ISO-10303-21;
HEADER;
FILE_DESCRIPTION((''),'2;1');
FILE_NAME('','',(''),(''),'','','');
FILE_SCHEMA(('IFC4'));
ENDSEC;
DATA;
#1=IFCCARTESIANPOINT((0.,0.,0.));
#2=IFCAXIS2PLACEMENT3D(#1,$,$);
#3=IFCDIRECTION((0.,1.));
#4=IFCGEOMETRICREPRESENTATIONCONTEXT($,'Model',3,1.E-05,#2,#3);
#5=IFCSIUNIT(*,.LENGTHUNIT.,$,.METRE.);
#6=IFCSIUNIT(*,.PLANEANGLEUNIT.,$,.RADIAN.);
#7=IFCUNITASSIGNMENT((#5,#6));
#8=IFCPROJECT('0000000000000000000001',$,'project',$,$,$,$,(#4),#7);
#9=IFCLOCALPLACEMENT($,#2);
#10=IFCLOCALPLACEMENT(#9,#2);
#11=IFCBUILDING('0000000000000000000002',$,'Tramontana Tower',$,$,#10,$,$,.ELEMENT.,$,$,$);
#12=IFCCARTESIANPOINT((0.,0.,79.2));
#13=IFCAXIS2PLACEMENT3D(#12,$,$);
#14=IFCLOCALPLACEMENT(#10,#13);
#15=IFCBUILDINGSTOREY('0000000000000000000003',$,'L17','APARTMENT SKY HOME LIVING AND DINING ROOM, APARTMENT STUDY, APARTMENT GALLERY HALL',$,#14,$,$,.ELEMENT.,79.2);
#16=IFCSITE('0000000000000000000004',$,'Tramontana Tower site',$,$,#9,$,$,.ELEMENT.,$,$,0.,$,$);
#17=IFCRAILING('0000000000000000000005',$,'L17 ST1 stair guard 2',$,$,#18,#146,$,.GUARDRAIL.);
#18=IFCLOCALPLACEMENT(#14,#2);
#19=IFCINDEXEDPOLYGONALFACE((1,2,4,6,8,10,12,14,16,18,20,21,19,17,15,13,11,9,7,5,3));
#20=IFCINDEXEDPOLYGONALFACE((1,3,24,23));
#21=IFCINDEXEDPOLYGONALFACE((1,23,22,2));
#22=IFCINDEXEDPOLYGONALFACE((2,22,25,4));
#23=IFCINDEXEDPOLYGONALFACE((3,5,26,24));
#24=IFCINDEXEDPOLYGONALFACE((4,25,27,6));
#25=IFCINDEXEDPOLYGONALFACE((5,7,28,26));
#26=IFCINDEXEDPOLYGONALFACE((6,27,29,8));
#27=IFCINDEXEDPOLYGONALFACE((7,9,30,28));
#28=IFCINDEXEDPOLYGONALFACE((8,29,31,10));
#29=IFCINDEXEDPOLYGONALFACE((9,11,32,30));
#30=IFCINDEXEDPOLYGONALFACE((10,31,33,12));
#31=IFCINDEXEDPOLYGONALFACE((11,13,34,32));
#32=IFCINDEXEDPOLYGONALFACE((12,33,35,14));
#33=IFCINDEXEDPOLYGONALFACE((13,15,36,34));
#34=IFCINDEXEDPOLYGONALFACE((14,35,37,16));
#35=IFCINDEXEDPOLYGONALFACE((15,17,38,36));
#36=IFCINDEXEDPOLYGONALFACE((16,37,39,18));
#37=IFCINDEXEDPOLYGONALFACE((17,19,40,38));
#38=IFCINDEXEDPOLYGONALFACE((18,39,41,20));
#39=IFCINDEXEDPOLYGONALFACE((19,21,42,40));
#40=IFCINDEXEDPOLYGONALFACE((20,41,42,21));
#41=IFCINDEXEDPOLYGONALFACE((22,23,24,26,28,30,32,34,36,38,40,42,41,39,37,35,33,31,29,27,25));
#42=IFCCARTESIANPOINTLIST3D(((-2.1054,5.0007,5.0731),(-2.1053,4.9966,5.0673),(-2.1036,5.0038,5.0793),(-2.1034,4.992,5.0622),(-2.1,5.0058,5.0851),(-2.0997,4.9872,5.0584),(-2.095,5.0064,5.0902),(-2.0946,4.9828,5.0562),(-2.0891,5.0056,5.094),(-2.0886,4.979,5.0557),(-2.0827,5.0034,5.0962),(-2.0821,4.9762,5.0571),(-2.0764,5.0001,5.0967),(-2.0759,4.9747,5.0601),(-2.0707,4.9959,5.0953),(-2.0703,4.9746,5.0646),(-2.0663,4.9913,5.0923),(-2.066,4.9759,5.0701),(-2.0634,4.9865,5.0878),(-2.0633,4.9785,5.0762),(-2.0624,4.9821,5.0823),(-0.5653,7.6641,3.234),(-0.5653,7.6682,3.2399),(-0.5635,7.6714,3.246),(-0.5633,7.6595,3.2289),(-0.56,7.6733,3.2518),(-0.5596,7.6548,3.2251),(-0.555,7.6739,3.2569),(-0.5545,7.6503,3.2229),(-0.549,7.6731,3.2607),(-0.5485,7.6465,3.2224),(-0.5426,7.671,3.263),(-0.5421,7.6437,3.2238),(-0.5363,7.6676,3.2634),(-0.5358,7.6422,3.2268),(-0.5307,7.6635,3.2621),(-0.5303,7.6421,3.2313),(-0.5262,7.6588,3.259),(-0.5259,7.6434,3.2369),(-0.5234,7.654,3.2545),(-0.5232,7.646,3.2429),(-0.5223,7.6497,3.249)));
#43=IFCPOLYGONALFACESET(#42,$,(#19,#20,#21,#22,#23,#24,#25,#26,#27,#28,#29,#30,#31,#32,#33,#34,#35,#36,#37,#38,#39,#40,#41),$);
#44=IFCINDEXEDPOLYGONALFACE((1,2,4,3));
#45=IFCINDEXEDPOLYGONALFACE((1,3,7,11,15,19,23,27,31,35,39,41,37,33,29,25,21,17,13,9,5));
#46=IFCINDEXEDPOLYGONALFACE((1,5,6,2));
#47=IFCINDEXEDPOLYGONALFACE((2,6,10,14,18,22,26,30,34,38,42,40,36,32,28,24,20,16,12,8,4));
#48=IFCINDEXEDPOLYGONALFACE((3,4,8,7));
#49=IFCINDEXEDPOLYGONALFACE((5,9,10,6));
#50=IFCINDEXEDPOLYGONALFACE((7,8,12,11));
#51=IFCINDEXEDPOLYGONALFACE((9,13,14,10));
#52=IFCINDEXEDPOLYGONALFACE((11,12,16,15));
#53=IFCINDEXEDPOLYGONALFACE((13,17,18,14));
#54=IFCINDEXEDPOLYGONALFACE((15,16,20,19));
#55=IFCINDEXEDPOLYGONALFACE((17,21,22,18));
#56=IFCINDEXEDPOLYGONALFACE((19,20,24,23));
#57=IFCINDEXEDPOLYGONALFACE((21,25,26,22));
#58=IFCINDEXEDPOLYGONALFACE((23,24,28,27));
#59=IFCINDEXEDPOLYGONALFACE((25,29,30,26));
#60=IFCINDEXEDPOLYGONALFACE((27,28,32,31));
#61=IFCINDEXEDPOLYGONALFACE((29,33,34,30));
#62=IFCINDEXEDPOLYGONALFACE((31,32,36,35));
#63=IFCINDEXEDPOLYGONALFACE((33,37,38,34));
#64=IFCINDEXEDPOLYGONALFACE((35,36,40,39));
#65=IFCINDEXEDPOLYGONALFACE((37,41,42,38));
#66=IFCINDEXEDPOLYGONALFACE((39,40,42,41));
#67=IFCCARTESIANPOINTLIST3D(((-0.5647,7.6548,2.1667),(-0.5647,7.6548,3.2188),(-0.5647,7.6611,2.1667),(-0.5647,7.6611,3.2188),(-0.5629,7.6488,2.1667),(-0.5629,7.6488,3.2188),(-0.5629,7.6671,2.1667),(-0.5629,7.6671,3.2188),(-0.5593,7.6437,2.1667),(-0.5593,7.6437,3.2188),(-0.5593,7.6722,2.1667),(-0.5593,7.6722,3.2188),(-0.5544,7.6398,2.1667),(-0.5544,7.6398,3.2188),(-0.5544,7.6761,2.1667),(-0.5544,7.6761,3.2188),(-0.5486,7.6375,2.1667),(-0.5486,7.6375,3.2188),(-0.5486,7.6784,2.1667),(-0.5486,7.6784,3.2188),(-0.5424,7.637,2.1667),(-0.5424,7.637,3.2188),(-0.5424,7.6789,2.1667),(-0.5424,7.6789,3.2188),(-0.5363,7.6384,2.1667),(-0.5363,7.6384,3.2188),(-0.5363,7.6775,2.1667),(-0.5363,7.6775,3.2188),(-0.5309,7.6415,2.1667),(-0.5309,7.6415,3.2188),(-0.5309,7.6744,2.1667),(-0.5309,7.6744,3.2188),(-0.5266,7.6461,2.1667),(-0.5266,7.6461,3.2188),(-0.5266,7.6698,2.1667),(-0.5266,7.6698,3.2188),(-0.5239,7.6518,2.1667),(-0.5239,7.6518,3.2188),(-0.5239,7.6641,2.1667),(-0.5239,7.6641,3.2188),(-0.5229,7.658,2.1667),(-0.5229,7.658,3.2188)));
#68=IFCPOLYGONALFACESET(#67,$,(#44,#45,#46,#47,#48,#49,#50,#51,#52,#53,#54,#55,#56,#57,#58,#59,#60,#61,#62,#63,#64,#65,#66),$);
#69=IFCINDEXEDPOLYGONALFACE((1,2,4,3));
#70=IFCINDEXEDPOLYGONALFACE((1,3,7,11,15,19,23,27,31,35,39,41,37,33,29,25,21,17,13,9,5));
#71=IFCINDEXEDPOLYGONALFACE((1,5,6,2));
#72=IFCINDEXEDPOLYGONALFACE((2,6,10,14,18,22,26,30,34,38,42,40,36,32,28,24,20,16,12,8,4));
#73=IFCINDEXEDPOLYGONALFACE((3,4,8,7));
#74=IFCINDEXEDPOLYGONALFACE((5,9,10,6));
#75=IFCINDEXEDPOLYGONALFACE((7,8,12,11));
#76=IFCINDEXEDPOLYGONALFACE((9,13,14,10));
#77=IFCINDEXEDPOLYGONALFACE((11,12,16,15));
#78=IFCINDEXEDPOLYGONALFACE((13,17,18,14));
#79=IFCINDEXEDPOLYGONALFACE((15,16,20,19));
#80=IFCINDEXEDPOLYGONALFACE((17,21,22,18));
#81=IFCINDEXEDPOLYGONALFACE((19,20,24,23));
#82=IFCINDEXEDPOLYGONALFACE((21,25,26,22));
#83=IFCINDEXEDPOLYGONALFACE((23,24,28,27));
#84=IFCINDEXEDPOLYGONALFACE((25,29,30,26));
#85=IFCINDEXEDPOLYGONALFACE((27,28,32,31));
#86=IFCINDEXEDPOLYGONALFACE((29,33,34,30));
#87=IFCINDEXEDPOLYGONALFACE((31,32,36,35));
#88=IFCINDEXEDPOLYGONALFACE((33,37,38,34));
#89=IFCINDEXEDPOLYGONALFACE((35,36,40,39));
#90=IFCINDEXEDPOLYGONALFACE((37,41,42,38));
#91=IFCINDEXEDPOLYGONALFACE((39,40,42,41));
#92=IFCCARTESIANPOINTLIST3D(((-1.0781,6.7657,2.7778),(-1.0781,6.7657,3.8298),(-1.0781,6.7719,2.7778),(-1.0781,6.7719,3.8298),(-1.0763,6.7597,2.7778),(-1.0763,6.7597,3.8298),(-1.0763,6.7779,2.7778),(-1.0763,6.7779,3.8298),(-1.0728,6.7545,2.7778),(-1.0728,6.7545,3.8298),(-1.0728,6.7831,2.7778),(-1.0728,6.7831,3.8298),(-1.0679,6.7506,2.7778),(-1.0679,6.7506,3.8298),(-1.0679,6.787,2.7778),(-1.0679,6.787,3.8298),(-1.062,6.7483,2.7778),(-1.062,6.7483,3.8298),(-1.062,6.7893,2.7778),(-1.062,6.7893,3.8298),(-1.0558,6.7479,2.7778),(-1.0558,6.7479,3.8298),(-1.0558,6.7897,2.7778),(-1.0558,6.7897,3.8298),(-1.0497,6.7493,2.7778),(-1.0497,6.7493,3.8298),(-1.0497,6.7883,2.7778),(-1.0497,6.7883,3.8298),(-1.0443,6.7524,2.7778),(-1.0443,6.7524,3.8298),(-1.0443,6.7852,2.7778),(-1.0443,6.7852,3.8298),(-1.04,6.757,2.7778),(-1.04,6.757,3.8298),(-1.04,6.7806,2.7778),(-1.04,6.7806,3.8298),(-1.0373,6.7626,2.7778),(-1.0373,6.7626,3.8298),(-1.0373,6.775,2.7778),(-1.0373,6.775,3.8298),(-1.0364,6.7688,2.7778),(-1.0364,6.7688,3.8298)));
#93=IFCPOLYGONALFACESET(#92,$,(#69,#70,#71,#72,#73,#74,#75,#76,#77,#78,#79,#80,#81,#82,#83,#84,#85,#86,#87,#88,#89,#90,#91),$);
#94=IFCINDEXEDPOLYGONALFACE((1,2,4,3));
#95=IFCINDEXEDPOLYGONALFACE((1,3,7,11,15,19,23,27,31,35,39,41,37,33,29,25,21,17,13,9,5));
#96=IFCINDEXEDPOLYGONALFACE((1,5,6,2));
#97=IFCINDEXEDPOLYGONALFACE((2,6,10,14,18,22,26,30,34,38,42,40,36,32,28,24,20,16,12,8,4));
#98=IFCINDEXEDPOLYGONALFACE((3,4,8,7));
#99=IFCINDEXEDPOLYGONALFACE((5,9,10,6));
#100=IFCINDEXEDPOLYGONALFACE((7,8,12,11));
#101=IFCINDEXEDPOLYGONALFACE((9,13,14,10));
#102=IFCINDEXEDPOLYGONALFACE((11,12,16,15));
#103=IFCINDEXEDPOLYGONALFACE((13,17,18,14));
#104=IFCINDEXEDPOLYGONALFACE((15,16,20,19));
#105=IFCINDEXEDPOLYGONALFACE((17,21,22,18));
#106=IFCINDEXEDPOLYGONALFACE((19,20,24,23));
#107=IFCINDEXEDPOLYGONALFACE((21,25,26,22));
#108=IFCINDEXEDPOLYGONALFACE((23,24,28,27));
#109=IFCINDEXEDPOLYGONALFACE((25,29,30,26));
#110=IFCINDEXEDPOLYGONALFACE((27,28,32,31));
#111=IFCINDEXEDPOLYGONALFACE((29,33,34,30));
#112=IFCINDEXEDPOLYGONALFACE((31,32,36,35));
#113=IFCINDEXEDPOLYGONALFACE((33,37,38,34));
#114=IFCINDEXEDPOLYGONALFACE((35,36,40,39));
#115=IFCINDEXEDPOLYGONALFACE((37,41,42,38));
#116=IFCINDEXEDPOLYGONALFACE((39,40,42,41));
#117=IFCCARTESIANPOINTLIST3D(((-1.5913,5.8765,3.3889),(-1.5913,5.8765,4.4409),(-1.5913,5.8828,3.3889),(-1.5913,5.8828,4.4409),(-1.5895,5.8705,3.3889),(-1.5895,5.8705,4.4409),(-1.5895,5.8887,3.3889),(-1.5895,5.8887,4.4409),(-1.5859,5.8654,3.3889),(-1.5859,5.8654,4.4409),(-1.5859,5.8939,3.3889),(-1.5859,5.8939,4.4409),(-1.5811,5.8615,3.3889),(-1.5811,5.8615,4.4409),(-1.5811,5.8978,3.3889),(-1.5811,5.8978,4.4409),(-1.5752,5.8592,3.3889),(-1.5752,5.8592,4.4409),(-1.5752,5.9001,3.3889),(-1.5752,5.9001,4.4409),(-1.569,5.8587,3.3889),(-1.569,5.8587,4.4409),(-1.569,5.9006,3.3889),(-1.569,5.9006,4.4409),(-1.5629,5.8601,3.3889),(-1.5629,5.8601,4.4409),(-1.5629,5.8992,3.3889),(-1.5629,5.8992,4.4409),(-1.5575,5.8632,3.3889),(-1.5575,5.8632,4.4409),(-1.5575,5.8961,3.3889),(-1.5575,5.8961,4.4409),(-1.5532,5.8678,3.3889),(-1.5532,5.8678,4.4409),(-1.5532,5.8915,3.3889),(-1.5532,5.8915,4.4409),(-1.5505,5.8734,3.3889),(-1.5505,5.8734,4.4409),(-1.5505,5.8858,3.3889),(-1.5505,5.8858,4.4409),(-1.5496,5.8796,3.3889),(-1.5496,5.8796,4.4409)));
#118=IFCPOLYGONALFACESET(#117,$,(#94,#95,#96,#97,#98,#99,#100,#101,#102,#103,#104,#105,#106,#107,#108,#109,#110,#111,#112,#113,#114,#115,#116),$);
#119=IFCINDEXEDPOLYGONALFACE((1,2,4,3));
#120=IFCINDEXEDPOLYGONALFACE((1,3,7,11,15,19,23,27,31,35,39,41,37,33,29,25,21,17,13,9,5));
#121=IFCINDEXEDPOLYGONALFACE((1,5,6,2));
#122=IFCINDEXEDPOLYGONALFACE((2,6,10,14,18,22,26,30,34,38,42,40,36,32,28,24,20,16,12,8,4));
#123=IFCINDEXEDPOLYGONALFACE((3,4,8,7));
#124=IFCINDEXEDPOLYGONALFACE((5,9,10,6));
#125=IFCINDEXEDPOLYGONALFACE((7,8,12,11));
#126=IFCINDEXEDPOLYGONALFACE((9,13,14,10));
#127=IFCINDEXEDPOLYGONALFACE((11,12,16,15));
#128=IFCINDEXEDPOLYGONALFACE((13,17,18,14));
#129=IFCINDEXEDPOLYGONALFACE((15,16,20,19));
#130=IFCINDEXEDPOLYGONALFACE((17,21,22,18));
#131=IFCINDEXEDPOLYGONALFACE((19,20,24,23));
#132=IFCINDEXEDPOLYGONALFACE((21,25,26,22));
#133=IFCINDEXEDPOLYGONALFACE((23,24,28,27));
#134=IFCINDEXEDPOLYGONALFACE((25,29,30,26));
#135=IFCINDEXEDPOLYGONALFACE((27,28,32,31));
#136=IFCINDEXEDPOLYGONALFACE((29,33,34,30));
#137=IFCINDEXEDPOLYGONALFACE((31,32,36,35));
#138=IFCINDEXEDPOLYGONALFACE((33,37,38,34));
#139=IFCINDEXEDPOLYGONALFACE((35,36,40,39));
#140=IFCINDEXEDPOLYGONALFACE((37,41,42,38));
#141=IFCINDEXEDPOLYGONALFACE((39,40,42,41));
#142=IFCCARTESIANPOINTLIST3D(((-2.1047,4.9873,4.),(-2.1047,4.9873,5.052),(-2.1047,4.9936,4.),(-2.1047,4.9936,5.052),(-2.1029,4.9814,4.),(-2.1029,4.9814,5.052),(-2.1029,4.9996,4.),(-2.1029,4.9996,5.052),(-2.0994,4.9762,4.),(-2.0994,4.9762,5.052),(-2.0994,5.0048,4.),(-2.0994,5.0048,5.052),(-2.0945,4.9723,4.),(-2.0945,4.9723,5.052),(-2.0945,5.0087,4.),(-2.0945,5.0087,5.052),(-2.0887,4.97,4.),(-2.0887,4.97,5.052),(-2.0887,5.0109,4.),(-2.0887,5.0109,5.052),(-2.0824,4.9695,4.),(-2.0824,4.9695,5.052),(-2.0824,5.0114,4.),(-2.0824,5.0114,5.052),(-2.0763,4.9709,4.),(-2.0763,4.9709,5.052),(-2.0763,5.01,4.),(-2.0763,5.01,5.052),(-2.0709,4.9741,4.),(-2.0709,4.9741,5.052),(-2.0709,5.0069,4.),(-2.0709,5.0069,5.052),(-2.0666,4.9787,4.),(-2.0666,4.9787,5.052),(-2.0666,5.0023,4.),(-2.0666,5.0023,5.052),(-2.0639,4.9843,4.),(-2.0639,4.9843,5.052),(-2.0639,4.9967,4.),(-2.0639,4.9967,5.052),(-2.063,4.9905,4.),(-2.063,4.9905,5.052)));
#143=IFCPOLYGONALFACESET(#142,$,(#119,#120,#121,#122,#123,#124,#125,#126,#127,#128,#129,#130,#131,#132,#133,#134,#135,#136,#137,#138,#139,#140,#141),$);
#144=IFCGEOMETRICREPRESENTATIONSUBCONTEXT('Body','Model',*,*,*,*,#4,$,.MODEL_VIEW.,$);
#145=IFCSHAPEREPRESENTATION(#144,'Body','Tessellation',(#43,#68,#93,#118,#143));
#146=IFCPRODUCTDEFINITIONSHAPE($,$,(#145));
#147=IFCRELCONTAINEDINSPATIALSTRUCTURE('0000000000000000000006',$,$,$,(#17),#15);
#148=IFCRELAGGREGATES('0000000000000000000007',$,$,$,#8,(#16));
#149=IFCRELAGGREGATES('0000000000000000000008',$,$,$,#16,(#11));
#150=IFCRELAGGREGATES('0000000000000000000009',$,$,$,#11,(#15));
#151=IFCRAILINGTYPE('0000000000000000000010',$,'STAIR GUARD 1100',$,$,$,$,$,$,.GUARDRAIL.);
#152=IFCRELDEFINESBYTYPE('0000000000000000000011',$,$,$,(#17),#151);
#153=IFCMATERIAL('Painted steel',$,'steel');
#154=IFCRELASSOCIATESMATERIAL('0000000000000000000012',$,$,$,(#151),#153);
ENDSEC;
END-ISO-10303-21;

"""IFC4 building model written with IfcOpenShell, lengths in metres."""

from ifc_helpers import new_model, si_unit, direction, frame, origin, origin_2d, place, context, subcontext, project, spatial, circle, extrude, material, type_object, element, save


model = new_model("IFC4")

# Units and contexts
model_context = context("Model", 3, precision=1e-05, world=origin(), true_north=direction((0.0, 1.0)))
body_context = subcontext(model_context, "Body", "Model", "MODEL_VIEW")
ifc_project = project(units=[si_unit("LENGTHUNIT", "METRE"), si_unit("PLANEANGLEUNIT", "RADIAN")], contexts=[model_context])

# Site, building, storey
site_placement = place(None, origin())
site = spatial("IfcSite", under=ifc_project, at=site_placement, Name="Tramontana Tower site", CompositionType="ELEMENT", RefElevation=0.0)
building_placement = place(site_placement, origin())
building = spatial("IfcBuilding", under=site, at=building_placement, Name="Tramontana Tower", CompositionType="ELEMENT")
storey_placement = place(building_placement, frame((0.0, 0.0, 79.2)))
storey = spatial("IfcBuildingStorey", under=building, at=storey_placement, Name="L17", Description="APARTMENT SKY HOME LIVING AND DINING ROOM, APARTMENT STUDY, APARTMENT GALLERY HALL", CompositionType="ELEMENT", Elevation=79.2)

# Railing
ifc_material_1 = material(Name="Painted steel", Category="steel")
railing_type_1 = type_object("IfcRailingType", Name="STAIR GUARD 1100", PredefinedType="GUARDRAIL", material=ifc_material_1)
railing_1_placement = place(storey_placement, frame((-0.5439, 7.658, 2.1667)))
element("IfcRailing", 1, at=railing_1_placement, inside=storey, type_object=railing_type_1, Name="L17 ST1 stair guard 2", PredefinedType="GUARDRAIL", context=body_context, shape_type="SweptSolid", body=[
    extrude(circle(Radius=0.0239, at=origin_2d()), frame((0.0, 0.0, 1.0762), z_axis=(-0.429649, -0.74419, 0.511452), x_axis=(0.86603, -0.499992, 0.0)), (0.0, 0.0, 1.0), 3.5845),
    extrude(circle(Radius=0.021, at=origin_2d()), origin(), (0.0, 0.0, 1.0), 1.052),
    extrude(circle(Radius=0.021, at=origin_2d()), frame((-0.5134, -0.8892, 0.6111)), (0.0, 0.0, 1.0), 1.052),
    extrude(circle(Radius=0.021, at=origin_2d()), frame((-1.0266, -1.7783, 1.2222)), (0.0, 0.0, 1.0), 1.052),
    extrude(circle(Radius=0.021, at=origin_2d()), frame((-1.54, -2.6675, 1.8333)), (0.0, 0.0, 1.0), 1.052),
])

save(model, "model.ifc")
